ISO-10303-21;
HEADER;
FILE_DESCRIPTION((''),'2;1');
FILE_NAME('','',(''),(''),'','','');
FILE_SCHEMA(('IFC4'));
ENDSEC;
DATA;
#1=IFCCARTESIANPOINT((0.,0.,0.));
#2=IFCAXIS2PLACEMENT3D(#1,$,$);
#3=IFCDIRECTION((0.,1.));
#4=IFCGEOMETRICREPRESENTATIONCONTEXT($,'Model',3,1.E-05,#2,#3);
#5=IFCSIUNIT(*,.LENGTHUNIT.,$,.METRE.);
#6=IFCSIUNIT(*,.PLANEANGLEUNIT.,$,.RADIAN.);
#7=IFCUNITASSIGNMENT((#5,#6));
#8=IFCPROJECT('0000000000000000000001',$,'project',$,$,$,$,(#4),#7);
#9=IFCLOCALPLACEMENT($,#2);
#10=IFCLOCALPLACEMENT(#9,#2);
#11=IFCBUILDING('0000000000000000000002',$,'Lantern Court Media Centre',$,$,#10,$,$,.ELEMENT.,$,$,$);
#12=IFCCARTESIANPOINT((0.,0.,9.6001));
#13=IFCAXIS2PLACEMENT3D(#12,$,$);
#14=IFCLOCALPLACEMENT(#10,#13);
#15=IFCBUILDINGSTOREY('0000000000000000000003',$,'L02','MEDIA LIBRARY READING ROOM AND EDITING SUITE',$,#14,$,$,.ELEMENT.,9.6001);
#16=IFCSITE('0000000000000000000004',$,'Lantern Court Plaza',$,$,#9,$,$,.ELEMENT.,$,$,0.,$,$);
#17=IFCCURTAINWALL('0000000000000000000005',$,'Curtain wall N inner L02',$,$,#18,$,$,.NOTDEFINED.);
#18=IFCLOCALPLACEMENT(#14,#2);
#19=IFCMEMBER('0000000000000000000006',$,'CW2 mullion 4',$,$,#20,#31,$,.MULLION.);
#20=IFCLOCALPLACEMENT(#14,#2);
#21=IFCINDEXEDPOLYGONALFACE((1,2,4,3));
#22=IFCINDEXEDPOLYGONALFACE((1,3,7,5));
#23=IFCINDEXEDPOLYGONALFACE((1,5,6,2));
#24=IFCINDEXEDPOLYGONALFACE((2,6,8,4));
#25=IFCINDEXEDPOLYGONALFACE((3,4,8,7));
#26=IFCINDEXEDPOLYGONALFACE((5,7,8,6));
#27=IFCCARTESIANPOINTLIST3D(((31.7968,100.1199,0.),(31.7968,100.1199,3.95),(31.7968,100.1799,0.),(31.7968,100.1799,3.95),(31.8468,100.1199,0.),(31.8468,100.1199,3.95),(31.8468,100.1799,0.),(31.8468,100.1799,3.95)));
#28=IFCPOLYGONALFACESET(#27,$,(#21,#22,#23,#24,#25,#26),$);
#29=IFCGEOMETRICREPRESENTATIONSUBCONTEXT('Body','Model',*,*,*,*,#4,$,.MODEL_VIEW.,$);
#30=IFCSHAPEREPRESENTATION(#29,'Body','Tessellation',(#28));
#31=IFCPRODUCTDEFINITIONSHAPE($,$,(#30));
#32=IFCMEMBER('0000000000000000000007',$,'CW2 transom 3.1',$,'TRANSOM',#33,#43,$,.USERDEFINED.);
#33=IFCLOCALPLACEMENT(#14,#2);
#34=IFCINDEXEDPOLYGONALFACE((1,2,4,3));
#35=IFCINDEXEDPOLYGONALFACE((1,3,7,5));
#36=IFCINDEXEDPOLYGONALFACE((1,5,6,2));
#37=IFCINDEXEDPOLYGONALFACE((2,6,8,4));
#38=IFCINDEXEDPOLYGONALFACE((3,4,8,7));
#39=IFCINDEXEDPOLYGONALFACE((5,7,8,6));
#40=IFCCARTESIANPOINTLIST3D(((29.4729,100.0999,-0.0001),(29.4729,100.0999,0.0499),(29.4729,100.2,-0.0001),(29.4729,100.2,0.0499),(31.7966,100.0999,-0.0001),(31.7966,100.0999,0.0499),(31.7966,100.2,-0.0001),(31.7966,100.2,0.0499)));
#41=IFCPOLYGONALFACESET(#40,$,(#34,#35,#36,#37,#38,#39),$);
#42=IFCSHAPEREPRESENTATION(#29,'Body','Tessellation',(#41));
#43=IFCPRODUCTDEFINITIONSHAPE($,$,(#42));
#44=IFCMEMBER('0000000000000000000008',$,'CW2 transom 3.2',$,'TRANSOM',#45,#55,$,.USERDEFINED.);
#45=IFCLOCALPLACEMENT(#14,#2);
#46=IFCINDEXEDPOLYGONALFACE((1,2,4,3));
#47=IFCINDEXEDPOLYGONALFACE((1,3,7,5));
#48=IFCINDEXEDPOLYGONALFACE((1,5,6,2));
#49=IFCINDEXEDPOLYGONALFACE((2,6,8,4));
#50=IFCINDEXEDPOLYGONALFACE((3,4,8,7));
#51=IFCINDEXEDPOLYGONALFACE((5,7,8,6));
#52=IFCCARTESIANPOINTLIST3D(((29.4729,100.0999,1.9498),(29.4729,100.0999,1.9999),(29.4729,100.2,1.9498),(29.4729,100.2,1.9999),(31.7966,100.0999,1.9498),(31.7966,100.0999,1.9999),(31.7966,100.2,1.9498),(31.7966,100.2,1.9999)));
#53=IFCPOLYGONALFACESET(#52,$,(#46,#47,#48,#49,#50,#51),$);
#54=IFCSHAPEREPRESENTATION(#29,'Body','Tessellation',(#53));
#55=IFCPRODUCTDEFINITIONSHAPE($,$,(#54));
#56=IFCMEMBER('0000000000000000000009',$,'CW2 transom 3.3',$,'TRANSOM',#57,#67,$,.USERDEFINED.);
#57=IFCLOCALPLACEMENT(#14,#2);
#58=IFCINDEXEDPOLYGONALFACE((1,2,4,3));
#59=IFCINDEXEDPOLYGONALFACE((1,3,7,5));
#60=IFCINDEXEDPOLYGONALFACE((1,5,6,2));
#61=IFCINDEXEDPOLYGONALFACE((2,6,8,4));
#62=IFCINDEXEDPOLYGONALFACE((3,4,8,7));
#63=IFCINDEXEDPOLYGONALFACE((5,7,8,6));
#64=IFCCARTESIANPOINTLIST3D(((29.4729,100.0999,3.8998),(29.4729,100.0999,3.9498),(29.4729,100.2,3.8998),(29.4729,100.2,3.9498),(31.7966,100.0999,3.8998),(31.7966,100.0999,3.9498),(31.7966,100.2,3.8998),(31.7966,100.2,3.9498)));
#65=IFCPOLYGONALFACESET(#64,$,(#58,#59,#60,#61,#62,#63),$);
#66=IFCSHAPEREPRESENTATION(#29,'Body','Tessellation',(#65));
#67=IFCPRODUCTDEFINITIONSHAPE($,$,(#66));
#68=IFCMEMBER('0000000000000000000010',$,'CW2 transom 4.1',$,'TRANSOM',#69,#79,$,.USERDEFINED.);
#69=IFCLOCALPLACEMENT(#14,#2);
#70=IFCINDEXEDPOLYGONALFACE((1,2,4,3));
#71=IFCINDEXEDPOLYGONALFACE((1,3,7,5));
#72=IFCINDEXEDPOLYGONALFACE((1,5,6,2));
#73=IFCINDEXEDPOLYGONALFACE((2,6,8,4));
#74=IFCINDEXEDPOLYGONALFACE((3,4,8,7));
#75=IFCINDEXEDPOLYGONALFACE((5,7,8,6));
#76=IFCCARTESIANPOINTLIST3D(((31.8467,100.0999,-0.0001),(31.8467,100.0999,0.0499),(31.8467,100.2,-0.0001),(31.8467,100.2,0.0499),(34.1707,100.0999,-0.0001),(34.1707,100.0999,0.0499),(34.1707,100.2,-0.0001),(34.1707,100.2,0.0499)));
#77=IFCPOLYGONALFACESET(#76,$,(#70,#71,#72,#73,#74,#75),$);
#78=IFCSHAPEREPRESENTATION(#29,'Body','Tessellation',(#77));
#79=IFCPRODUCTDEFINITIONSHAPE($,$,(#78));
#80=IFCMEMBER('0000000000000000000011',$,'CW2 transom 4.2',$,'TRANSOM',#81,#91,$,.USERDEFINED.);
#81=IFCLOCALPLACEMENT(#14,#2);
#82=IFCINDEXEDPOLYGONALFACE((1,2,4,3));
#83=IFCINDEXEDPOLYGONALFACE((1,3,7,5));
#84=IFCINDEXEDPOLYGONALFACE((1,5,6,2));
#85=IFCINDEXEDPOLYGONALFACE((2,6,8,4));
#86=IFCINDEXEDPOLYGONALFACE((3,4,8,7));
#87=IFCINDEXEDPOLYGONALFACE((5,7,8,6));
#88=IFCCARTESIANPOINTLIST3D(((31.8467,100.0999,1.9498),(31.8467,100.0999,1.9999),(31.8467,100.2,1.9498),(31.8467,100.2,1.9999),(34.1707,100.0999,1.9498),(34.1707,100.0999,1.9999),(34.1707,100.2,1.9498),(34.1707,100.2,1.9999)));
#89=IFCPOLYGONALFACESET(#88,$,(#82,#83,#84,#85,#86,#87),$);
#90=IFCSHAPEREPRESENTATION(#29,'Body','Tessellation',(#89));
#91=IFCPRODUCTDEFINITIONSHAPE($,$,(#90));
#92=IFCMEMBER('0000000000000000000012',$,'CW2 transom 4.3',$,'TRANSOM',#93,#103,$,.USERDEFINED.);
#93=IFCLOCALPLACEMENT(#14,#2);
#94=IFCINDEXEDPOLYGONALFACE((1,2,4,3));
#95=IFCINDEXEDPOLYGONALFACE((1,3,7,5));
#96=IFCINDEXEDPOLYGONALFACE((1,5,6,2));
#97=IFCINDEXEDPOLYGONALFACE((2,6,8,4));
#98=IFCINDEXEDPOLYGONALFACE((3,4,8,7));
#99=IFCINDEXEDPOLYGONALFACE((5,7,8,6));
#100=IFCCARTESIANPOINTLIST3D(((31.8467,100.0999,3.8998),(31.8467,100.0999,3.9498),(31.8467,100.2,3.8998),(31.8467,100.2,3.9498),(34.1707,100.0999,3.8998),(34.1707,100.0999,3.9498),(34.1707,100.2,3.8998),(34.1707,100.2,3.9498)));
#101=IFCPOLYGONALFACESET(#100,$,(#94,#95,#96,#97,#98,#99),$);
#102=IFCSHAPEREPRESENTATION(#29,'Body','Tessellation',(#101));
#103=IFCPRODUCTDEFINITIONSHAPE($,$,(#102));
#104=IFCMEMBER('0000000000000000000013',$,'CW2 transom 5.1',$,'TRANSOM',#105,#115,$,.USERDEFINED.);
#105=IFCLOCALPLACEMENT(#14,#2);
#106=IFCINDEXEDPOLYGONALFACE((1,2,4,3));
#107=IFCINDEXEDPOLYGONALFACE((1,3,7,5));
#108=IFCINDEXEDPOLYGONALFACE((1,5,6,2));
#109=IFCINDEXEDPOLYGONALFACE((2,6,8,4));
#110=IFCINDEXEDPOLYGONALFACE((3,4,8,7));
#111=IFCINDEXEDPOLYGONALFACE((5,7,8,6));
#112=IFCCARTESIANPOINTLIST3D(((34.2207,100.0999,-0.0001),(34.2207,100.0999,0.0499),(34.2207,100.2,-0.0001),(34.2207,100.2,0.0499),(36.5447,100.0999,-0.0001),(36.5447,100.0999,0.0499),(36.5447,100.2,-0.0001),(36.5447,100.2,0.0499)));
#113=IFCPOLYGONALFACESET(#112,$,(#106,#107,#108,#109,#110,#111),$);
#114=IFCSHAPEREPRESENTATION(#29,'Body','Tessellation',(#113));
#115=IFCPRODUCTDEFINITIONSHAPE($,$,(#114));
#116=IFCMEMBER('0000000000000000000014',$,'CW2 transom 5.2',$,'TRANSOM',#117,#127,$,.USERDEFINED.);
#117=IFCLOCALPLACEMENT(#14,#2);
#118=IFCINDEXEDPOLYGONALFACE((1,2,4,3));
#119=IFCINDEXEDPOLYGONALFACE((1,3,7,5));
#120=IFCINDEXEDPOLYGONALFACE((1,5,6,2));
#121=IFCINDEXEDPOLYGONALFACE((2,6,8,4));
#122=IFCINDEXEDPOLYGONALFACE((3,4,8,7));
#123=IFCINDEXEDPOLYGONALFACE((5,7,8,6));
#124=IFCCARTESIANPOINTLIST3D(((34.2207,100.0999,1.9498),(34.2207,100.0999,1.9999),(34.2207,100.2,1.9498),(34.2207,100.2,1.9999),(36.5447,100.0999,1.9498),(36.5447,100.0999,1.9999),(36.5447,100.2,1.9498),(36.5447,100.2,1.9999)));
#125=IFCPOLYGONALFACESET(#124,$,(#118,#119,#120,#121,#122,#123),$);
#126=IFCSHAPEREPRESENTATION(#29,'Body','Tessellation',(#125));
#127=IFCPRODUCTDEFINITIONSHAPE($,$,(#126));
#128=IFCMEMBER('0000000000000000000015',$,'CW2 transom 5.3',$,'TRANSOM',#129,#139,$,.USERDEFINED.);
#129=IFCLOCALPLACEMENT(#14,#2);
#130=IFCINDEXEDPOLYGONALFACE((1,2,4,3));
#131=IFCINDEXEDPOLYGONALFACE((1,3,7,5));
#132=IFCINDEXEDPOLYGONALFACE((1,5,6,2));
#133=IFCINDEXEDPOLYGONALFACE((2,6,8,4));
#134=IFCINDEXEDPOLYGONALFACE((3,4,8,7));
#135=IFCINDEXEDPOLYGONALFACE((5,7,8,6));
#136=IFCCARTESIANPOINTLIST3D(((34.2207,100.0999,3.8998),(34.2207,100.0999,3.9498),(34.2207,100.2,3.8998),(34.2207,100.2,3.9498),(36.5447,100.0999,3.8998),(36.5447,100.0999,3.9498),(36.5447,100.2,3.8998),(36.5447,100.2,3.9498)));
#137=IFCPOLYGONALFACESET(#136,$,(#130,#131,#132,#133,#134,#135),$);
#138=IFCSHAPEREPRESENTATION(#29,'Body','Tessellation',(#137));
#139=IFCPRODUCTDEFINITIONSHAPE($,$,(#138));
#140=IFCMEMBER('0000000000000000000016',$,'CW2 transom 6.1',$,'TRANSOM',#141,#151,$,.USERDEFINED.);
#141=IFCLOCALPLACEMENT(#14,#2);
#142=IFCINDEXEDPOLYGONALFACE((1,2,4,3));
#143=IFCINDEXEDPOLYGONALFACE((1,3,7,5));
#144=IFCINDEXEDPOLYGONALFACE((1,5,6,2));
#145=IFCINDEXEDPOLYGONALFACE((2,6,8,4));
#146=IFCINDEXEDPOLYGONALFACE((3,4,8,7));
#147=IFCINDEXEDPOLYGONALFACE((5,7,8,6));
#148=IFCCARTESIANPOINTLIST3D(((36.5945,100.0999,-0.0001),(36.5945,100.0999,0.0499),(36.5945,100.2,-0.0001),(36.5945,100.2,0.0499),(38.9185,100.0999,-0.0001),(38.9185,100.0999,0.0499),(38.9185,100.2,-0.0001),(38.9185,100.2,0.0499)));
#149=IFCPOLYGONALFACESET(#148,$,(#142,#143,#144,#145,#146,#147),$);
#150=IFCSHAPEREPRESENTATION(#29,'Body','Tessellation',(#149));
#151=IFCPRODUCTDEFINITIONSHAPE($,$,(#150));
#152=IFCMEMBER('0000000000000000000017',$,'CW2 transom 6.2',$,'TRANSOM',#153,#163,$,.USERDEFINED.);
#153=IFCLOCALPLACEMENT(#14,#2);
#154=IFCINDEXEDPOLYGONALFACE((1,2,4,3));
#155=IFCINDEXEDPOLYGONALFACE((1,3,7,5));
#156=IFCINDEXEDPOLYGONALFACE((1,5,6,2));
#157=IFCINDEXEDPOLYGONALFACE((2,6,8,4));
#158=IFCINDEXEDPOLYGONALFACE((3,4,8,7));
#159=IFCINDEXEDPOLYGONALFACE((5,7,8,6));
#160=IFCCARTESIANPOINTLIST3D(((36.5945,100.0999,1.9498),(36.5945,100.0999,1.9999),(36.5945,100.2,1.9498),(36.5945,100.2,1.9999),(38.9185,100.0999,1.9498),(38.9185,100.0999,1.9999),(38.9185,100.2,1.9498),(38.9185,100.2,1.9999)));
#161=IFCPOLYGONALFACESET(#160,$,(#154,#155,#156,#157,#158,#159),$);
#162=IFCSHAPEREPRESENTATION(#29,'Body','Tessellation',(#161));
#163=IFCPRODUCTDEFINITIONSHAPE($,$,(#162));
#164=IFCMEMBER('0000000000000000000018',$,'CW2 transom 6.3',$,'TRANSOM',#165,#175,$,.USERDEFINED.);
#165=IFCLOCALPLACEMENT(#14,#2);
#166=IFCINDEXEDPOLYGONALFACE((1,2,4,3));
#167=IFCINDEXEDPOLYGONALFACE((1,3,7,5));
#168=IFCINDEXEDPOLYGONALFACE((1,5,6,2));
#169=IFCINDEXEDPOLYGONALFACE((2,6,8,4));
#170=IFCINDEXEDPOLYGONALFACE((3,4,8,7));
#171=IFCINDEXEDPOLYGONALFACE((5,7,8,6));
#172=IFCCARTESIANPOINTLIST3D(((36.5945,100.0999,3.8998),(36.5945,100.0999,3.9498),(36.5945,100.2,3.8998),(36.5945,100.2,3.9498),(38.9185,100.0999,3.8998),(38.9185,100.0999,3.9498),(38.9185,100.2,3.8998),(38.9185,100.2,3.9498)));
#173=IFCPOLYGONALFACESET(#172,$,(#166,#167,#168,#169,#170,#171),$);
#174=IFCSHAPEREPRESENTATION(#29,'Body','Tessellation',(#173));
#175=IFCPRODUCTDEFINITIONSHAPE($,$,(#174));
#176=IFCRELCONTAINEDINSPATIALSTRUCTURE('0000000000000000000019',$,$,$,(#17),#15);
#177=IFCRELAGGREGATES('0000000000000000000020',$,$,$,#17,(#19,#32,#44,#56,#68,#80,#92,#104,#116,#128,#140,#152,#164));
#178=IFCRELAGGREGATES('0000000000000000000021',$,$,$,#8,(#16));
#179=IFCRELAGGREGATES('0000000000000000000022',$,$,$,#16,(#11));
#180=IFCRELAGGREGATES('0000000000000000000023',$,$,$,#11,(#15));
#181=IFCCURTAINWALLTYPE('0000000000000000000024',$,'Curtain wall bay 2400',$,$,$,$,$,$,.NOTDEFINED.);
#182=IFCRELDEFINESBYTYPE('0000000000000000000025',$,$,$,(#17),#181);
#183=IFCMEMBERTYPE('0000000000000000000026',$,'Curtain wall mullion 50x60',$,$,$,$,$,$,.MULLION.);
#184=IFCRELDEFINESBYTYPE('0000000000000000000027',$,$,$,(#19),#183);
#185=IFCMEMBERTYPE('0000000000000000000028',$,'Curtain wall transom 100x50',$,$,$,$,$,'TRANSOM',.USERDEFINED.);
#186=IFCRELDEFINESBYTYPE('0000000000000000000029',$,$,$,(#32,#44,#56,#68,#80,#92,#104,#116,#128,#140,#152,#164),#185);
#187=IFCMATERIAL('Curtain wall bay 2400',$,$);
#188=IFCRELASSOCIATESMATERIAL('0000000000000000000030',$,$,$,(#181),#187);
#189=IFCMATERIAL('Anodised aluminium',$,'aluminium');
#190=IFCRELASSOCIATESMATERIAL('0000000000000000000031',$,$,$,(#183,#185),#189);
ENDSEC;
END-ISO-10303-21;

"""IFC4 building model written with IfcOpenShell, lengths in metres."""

from ifc_helpers import new_model, si_unit, direction, frame, origin, origin_2d, place, context, subcontext, project, spatial, rectangle, extrude, material, material_profile, profile_set, type_object, element, aggregate, save


model = new_model("IFC4")

# Units and contexts
model_context = context("Model", 3, precision=1e-05, world=origin(), true_north=direction((0.0, 1.0)))
body_context = subcontext(model_context, "Body", "Model", "MODEL_VIEW")
ifc_project = project(units=[si_unit("LENGTHUNIT", "METRE"), si_unit("PLANEANGLEUNIT", "RADIAN")], contexts=[model_context])

# Site, building, storey
site_placement = place(None, origin())
site = spatial("IfcSite", under=ifc_project, at=site_placement, Name="Lantern Court Plaza", CompositionType="ELEMENT", RefElevation=0.0)
building_placement = place(site_placement, origin())
building = spatial("IfcBuilding", under=site, at=building_placement, Name="Lantern Court Media Centre", CompositionType="ELEMENT")
storey_placement = place(building_placement, frame((0.0, 0.0, 9.6001)))
storey = spatial("IfcBuildingStorey", under=building, at=storey_placement, Name="L02", Description="MEDIA LIBRARY READING ROOM AND EDITING SUITE", CompositionType="ELEMENT", Elevation=9.6001)

# Curtain wall, members
ifc_material_1 = material(Name="Curtain wall bay 2400")
curtain_wall_type = type_object("IfcCurtainWallType", Name="Curtain wall bay 2400", PredefinedType="NOTDEFINED", material=ifc_material_1)
curtain_wall_placement = place(storey_placement, origin())
curtain_wall = element("IfcCurtainWall", 1, at=curtain_wall_placement, inside=storey, type_object=curtain_wall_type, Name="Curtain wall N inner L02", PredefinedType="NOTDEFINED")
ifc_material_2 = material(Name="Anodised aluminium", Category="aluminium")
ifc_material_profile_1 = material_profile(ifc_material_2, rectangle(XDim=0.0601, YDim=0.05, at=origin_2d()), Name="AL 50x60")
ifc_profile_set_1 = profile_set([ifc_material_profile_1], Name="Anodised aluminium")
member_type_1 = type_object("IfcMemberType", Name="Curtain wall mullion 50x60", PredefinedType="MULLION", material=ifc_profile_set_1)
member_1_placement = place(storey_placement, frame((31.8218, 100.1499, 0.0), z_axis=(0.0, 0.0, 1.0), x_axis=(0.0, 1.0, 0.0)))
member_1 = element("IfcMember", 2, at=member_1_placement, type_object=member_type_1, Name="CW2 mullion 4", PredefinedType="MULLION", context=body_context, shape_type="SweptSolid", body=[
    extrude(rectangle(XDim=0.0601, YDim=0.05, at=origin_2d()), origin(), (0.0, 0.0, 1.0), 3.95),
])
ifc_material_profile_2 = material_profile(ifc_material_2, rectangle(XDim=0.1001, YDim=0.05, at=origin_2d()), Name="AL 50x100")
ifc_profile_set_2 = profile_set([ifc_material_profile_2], Name="Anodised aluminium")
member_type_2 = type_object("IfcMemberType", Name="Curtain wall transom 100x50", ElementType="TRANSOM", PredefinedType="USERDEFINED", material=ifc_profile_set_2)
member_2_placement = place(storey_placement, frame((29.4729, 100.1499, 0.0249), z_axis=(1.0, 0.0, 0.0), x_axis=(0.0, 1.0, 0.0)))
member_2 = element("IfcMember", 3, at=member_2_placement, type_object=member_type_2, Name="CW2 transom 3.1", ObjectType="TRANSOM", PredefinedType="USERDEFINED", context=body_context, shape_type="SweptSolid", body=[
    extrude(rectangle(XDim=0.1001, YDim=0.05, at=origin_2d()), origin(), (0.0, 0.0, 1.0), 2.3237),
])
member_3_placement = place(storey_placement, frame((29.4729, 100.1499, 1.9749), z_axis=(1.0, 0.0, 0.0), x_axis=(0.0, 1.0, 0.0)))
member_3 = element("IfcMember", 4, at=member_3_placement, type_object=member_type_2, Name="CW2 transom 3.2", ObjectType="TRANSOM", PredefinedType="USERDEFINED", context=body_context, shape_type="SweptSolid", body=[
    extrude(rectangle(XDim=0.1001, YDim=0.05, at=origin_2d()), origin(), (0.0, 0.0, 1.0), 2.3237),
])
member_4_placement = place(storey_placement, frame((29.4729, 100.1499, 3.9248), z_axis=(1.0, 0.0, 0.0), x_axis=(0.0, 1.0, 0.0)))
member_4 = element("IfcMember", 5, at=member_4_placement, type_object=member_type_2, Name="CW2 transom 3.3", ObjectType="TRANSOM", PredefinedType="USERDEFINED", context=body_context, shape_type="SweptSolid", body=[
    extrude(rectangle(XDim=0.1001, YDim=0.05, at=origin_2d()), origin(), (0.0, 0.0, 1.0), 2.3237),
])
member_5_placement = place(storey_placement, frame((31.8467, 100.1499, 0.0249), z_axis=(1.0, 0.0, 0.0), x_axis=(0.0, 1.0, 0.0)))
member_5 = element("IfcMember", 6, at=member_5_placement, type_object=member_type_2, Name="CW2 transom 4.1", ObjectType="TRANSOM", PredefinedType="USERDEFINED", context=body_context, shape_type="SweptSolid", body=[
    extrude(rectangle(XDim=0.1001, YDim=0.05, at=origin_2d()), origin(), (0.0, 0.0, 1.0), 2.324),
])
member_6_placement = place(storey_placement, frame((31.8467, 100.1499, 1.9749), z_axis=(1.0, 0.0, 0.0), x_axis=(0.0, 1.0, 0.0)))
member_6 = element("IfcMember", 7, at=member_6_placement, type_object=member_type_2, Name="CW2 transom 4.2", ObjectType="TRANSOM", PredefinedType="USERDEFINED", context=body_context, shape_type="SweptSolid", body=[
    extrude(rectangle(XDim=0.1001, YDim=0.05, at=origin_2d()), origin(), (0.0, 0.0, 1.0), 2.324),
])
member_7_placement = place(storey_placement, frame((31.8467, 100.1499, 3.9248), z_axis=(1.0, 0.0, 0.0), x_axis=(0.0, 1.0, 0.0)))
member_7 = element("IfcMember", 8, at=member_7_placement, type_object=member_type_2, Name="CW2 transom 4.3", ObjectType="TRANSOM", PredefinedType="USERDEFINED", context=body_context, shape_type="SweptSolid", body=[
    extrude(rectangle(XDim=0.1001, YDim=0.05, at=origin_2d()), origin(), (0.0, 0.0, 1.0), 2.324),
])
member_8_placement = place(storey_placement, frame((34.2207, 100.1499, 0.0249), z_axis=(1.0, 0.0, 0.0), x_axis=(0.0, 1.0, 0.0)))
member_8 = element("IfcMember", 9, at=member_8_placement, type_object=member_type_2, Name="CW2 transom 5.1", ObjectType="TRANSOM", PredefinedType="USERDEFINED", context=body_context, shape_type="SweptSolid", body=[
    extrude(rectangle(XDim=0.1001, YDim=0.05, at=origin_2d()), origin(), (0.0, 0.0, 1.0), 2.324),
])
member_9_placement = place(storey_placement, frame((34.2207, 100.1499, 1.9749), z_axis=(1.0, 0.0, 0.0), x_axis=(0.0, 1.0, 0.0)))
member_9 = element("IfcMember", 10, at=member_9_placement, type_object=member_type_2, Name="CW2 transom 5.2", ObjectType="TRANSOM", PredefinedType="USERDEFINED", context=body_context, shape_type="SweptSolid", body=[
    extrude(rectangle(XDim=0.1001, YDim=0.05, at=origin_2d()), origin(), (0.0, 0.0, 1.0), 2.324),
])
member_10_placement = place(storey_placement, frame((34.2207, 100.1499, 3.9248), z_axis=(1.0, 0.0, 0.0), x_axis=(0.0, 1.0, 0.0)))
member_10 = element("IfcMember", 11, at=member_10_placement, type_object=member_type_2, Name="CW2 transom 5.3", ObjectType="TRANSOM", PredefinedType="USERDEFINED", context=body_context, shape_type="SweptSolid", body=[
    extrude(rectangle(XDim=0.1001, YDim=0.05, at=origin_2d()), origin(), (0.0, 0.0, 1.0), 2.324),
])
member_11_placement = place(storey_placement, frame((36.5945, 100.1499, 0.0249), z_axis=(1.0, 0.0, 0.0), x_axis=(0.0, 1.0, 0.0)))
member_11 = element("IfcMember", 12, at=member_11_placement, type_object=member_type_2, Name="CW2 transom 6.1", ObjectType="TRANSOM", PredefinedType="USERDEFINED", context=body_context, shape_type="SweptSolid", body=[
    extrude(rectangle(XDim=0.1001, YDim=0.05, at=origin_2d()), origin(), (0.0, 0.0, 1.0), 2.324),
])
member_12_placement = place(storey_placement, frame((36.5945, 100.1499, 1.9749), z_axis=(1.0, 0.0, 0.0), x_axis=(0.0, 1.0, 0.0)))
member_12 = element("IfcMember", 13, at=member_12_placement, type_object=member_type_2, Name="CW2 transom 6.2", ObjectType="TRANSOM", PredefinedType="USERDEFINED", context=body_context, shape_type="SweptSolid", body=[
    extrude(rectangle(XDim=0.1001, YDim=0.05, at=origin_2d()), origin(), (0.0, 0.0, 1.0), 2.324),
])
member_13_placement = place(storey_placement, frame((36.5945, 100.1499, 3.9248), z_axis=(1.0, 0.0, 0.0), x_axis=(0.0, 1.0, 0.0)))
member_13 = element("IfcMember", 14, at=member_13_placement, type_object=member_type_2, Name="CW2 transom 6.3", ObjectType="TRANSOM", PredefinedType="USERDEFINED", context=body_context, shape_type="SweptSolid", body=[
    extrude(rectangle(XDim=0.1001, YDim=0.05, at=origin_2d()), origin(), (0.0, 0.0, 1.0), 2.324),
])

aggregate(curtain_wall, [member_1, member_2, member_3, member_4, member_5, member_6, member_7, member_8, member_9, member_10, member_11, member_12, member_13])

save(model, "model.ifc")
